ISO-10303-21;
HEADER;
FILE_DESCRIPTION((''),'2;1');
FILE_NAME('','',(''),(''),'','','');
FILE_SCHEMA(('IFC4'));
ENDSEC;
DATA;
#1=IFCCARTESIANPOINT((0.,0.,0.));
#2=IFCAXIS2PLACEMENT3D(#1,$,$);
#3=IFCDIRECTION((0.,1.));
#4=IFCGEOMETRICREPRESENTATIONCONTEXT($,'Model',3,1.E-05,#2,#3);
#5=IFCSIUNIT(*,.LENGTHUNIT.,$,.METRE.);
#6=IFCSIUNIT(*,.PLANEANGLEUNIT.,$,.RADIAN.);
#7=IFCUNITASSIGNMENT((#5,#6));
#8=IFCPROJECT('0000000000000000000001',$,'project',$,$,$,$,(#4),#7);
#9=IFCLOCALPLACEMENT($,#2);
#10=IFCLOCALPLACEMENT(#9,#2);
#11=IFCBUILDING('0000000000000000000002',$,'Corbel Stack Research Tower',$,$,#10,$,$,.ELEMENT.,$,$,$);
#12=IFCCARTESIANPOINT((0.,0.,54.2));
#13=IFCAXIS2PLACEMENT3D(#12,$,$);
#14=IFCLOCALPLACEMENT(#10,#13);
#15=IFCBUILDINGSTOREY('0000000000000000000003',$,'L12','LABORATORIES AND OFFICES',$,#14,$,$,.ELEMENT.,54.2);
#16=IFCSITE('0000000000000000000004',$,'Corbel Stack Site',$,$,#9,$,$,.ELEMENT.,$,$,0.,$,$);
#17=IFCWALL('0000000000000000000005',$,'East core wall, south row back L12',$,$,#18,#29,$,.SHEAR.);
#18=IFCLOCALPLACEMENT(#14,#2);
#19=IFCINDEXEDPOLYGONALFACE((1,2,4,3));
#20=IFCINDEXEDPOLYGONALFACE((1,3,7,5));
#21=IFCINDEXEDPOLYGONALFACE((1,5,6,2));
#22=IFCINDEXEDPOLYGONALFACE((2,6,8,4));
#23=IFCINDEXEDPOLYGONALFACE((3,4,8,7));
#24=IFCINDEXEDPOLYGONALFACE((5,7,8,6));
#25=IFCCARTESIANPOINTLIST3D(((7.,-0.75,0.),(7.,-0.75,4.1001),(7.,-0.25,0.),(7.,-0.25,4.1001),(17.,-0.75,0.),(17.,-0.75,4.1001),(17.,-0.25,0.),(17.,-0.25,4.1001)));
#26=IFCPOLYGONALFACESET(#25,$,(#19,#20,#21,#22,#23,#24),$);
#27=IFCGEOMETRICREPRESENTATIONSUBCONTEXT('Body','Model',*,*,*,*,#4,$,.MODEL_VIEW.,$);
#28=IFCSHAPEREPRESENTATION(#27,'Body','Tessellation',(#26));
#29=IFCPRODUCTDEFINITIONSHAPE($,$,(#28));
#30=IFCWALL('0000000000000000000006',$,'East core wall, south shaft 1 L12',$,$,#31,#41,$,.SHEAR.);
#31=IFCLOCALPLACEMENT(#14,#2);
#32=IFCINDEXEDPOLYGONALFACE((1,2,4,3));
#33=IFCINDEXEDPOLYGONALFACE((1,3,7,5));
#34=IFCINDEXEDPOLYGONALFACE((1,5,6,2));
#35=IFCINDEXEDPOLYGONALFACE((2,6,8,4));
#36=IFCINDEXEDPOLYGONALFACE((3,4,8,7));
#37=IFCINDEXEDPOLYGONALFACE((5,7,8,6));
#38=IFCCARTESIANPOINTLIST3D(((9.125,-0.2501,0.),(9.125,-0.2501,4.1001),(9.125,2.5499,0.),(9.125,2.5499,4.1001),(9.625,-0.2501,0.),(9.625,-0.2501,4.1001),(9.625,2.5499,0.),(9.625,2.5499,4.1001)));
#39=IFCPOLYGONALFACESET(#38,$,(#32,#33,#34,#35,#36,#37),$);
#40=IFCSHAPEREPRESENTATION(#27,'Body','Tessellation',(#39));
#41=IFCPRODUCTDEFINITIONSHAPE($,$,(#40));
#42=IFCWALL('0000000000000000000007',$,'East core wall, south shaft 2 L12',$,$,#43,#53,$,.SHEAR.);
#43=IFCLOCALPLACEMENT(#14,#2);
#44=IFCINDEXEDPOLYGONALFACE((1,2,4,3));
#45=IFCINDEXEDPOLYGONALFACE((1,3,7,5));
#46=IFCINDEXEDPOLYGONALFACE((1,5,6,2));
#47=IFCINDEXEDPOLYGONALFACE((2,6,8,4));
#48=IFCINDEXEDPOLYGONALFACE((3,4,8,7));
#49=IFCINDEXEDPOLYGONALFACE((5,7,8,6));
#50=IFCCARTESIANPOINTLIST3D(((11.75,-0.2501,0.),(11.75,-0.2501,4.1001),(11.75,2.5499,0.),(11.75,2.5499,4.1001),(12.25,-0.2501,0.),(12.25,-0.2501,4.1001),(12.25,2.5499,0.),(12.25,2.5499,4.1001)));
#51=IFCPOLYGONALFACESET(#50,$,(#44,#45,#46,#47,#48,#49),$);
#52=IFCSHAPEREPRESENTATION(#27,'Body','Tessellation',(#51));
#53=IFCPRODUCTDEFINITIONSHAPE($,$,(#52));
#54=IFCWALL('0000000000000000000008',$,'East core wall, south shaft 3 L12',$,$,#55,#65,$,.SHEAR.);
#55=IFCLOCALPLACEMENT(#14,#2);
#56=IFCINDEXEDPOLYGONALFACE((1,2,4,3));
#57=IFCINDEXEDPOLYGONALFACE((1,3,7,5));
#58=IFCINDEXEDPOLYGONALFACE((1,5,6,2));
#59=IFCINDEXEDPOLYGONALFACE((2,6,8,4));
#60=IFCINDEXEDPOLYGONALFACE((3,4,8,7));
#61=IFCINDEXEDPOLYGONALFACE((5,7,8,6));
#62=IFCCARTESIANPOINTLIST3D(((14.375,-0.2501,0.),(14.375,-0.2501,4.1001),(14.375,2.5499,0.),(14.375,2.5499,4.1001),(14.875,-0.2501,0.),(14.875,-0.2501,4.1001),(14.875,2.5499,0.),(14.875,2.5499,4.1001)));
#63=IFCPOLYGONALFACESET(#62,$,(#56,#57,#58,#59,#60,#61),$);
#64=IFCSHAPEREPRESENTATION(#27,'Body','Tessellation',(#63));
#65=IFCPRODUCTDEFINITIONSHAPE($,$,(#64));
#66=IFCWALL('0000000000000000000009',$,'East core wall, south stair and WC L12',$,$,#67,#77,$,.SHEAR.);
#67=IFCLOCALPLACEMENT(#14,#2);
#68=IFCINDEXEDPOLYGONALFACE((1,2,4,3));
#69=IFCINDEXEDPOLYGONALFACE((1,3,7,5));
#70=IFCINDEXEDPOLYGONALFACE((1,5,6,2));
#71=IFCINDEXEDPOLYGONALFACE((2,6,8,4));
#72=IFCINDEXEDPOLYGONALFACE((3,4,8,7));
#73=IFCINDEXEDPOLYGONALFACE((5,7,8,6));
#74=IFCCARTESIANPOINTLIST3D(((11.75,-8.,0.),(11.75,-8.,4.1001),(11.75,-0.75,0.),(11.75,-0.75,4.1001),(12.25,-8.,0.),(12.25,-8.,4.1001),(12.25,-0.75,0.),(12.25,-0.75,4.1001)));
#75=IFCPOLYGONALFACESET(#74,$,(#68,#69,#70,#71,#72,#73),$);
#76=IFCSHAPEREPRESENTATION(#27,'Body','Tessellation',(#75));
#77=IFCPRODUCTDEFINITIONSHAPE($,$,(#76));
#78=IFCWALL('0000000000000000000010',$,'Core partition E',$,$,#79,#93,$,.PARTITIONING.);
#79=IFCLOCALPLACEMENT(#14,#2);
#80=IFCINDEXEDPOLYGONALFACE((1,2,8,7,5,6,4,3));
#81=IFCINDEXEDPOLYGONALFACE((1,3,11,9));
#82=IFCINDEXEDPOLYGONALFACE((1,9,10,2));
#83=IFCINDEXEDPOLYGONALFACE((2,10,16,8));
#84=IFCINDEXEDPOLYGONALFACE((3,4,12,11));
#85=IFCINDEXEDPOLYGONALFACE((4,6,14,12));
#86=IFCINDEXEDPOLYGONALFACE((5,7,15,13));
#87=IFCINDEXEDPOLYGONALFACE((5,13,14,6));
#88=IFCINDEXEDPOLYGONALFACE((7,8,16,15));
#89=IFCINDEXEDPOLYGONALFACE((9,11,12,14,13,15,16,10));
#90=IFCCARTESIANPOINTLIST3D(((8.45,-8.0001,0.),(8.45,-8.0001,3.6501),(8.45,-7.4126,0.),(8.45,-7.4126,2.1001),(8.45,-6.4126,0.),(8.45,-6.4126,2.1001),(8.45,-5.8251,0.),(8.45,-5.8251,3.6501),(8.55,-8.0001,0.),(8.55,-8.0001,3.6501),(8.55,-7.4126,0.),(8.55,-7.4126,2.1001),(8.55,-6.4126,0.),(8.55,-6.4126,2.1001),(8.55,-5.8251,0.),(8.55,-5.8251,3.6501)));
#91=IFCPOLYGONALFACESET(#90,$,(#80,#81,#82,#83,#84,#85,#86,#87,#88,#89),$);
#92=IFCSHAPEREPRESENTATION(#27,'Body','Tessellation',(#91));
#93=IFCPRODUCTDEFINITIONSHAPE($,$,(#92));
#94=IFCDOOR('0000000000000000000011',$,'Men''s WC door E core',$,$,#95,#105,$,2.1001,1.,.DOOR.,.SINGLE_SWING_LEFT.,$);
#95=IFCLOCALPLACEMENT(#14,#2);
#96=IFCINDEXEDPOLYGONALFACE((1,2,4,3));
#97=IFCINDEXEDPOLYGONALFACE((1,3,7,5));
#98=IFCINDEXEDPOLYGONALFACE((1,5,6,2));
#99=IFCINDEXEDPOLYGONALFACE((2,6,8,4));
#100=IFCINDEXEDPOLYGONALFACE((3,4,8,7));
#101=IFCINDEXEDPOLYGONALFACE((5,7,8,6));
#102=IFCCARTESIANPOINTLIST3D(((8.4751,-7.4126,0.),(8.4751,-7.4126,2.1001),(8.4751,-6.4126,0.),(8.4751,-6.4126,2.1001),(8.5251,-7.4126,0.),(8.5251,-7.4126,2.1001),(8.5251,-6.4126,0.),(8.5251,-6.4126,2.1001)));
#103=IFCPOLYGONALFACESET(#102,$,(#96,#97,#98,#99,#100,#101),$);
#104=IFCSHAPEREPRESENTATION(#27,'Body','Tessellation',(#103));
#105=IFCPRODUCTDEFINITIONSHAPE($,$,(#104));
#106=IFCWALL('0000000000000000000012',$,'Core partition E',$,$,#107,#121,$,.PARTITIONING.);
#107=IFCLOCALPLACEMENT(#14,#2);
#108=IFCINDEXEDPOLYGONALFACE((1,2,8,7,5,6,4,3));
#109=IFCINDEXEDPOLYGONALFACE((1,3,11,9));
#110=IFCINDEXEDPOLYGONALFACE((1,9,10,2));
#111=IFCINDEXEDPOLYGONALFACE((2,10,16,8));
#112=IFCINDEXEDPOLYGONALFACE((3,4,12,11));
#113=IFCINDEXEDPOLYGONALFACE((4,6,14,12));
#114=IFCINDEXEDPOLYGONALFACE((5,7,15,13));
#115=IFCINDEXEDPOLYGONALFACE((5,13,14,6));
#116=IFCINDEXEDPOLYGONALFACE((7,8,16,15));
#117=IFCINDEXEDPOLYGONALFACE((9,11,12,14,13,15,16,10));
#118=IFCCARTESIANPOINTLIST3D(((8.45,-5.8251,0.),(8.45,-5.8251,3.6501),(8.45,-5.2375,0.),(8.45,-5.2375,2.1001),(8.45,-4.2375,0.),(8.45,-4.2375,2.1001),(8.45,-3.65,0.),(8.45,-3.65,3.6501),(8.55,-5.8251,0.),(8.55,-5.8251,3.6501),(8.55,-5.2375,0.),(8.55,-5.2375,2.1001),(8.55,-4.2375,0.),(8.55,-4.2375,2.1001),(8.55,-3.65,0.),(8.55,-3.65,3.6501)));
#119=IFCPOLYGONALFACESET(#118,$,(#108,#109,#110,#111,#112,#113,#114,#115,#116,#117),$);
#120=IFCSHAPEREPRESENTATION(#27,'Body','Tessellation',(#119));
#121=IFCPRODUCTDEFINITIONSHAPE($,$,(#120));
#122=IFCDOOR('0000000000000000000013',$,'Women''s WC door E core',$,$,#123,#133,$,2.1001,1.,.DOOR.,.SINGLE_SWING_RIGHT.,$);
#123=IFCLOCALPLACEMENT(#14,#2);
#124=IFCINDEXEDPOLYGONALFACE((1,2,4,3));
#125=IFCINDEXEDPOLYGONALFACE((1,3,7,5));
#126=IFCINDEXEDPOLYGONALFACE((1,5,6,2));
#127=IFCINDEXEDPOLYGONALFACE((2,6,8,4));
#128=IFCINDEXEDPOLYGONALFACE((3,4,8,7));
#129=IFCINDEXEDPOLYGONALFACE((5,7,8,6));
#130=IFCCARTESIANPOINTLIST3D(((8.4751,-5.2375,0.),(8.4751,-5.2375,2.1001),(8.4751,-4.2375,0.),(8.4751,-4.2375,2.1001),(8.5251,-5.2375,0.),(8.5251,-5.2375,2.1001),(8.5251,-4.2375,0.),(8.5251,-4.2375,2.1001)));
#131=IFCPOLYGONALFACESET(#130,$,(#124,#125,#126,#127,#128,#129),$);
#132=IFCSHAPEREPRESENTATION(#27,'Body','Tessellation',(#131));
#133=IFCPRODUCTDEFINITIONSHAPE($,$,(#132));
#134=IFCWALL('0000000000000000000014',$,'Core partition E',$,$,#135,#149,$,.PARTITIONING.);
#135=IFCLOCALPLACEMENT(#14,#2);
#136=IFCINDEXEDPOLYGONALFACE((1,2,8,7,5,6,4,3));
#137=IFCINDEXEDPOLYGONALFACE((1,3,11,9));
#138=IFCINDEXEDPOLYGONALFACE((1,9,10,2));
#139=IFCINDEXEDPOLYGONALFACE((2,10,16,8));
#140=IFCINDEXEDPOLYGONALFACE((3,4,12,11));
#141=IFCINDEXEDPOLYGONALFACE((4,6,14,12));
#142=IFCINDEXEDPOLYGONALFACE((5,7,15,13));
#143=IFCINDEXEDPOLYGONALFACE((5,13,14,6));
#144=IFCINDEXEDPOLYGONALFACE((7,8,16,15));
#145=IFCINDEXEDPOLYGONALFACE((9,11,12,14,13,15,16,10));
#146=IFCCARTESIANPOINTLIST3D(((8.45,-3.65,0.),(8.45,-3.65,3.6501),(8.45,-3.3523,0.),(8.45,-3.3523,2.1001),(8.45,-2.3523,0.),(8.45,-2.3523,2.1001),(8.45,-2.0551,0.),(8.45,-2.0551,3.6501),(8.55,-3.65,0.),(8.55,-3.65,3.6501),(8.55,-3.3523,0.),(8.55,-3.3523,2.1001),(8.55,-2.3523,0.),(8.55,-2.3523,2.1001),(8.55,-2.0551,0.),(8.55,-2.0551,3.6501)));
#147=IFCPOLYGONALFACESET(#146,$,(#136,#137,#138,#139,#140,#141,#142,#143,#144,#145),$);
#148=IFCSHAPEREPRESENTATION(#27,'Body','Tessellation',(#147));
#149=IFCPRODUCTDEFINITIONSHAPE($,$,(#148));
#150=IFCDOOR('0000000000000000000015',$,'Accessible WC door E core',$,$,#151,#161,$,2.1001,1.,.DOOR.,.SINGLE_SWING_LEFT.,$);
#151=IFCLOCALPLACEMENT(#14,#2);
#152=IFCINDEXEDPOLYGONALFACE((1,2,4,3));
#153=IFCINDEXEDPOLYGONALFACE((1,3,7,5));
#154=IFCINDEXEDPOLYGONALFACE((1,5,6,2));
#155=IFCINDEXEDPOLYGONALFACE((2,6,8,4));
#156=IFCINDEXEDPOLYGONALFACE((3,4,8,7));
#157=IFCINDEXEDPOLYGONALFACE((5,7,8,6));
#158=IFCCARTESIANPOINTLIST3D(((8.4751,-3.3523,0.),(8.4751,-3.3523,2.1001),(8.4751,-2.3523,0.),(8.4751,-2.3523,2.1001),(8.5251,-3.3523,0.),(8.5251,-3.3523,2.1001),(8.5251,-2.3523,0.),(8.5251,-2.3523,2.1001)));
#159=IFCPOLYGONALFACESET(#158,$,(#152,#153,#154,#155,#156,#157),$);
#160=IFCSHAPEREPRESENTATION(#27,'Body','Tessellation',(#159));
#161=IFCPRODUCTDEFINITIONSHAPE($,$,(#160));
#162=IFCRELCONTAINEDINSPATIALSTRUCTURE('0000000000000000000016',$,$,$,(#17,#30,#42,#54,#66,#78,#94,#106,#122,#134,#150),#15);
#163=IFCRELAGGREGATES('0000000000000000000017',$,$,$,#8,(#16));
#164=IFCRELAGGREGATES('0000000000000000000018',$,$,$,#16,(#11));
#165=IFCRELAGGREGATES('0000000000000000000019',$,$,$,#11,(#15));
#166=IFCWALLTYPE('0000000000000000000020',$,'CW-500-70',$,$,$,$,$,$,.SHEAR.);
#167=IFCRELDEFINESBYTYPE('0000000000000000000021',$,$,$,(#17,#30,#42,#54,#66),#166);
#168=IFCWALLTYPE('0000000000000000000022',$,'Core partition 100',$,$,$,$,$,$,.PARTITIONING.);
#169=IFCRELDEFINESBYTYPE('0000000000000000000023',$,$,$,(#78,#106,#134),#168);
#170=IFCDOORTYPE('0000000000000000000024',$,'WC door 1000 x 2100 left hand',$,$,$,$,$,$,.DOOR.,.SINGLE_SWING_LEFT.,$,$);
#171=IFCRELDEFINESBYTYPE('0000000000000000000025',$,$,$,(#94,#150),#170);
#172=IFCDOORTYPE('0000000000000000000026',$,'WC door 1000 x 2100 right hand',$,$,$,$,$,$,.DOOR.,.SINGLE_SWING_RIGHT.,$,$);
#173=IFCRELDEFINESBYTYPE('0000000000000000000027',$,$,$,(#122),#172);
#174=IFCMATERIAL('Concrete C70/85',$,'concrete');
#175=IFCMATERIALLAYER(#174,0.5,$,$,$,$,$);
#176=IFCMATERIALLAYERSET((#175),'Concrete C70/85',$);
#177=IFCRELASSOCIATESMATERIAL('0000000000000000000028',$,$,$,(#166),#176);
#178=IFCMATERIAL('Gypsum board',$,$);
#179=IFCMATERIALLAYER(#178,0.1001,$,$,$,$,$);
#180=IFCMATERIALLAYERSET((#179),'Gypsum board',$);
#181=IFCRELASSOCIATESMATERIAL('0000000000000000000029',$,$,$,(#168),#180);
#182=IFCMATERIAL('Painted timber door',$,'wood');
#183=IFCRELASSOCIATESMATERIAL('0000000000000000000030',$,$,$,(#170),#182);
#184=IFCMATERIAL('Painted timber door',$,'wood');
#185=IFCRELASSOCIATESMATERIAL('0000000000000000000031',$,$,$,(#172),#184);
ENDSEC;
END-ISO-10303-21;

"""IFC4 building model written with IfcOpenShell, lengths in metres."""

from ifc_helpers import new_model, si_unit, direction, frame, frame_2d, origin, place, context, subcontext, project, spatial, rectangle, extrude, material, layer, layer_set, type_object, element, fill, save


model = new_model("IFC4")

# Units and contexts
model_context = context("Model", 3, precision=1e-05, world=origin(), true_north=direction((0.0, 1.0)))
body_context = subcontext(model_context, "Body", "Model", "MODEL_VIEW")
ifc_project = project(units=[si_unit("LENGTHUNIT", "METRE"), si_unit("PLANEANGLEUNIT", "RADIAN")], contexts=[model_context])

# Site, building, storey
site_placement = place(None, origin())
site = spatial("IfcSite", under=ifc_project, at=site_placement, Name="Corbel Stack Site", CompositionType="ELEMENT", RefElevation=0.0)
building_placement = place(site_placement, origin())
building = spatial("IfcBuilding", under=site, at=building_placement, Name="Corbel Stack Research Tower", CompositionType="ELEMENT")
storey_placement = place(building_placement, frame((0.0, 0.0, 54.2)))
storey = spatial("IfcBuildingStorey", under=building, at=storey_placement, Name="L12", Description="LABORATORIES AND OFFICES", CompositionType="ELEMENT", Elevation=54.2)

# Walls
ifc_material_1 = material(Name="Concrete C70/85", Category="concrete")
ifc_layer_1 = layer(ifc_material_1, 0.5)
ifc_layer_set_1 = layer_set([ifc_layer_1], Name="Concrete C70/85")
wall_type_1 = type_object("IfcWallType", Name="CW-500-70", PredefinedType="SHEAR", material=ifc_layer_set_1)
wall_1_placement = place(storey_placement, frame((7.0, -0.5, 0.0), z_axis=(0.0, 0.0, 1.0), x_axis=(1.0, 0.0, 0.0)))
element("IfcWall", 1, at=wall_1_placement, inside=storey, type_object=wall_type_1, Name="East core wall, south row back L12", PredefinedType="SHEAR", context=body_context, shape_type="SweptSolid", body=[
    extrude(rectangle(XDim=10.0, YDim=0.5, at=frame_2d((5.0, 0.0))), origin(), (0.0, 0.0, 1.0), 4.1001),
])
for number, where, z_axis, x_axis, name in (
    (2, (9.375, -0.25, 0.0), (0.0, 0.0, 1.0), (0.0, 1.0, 0.0), "East core wall, south shaft 1 L12"),
    (3, (12.0, -0.25, 0.0), (0.0, 0.0, 1.0), (0.0, 1.0, 0.0), "East core wall, south shaft 2 L12"),
    (4, (14.625, -0.25, 0.0), (0.0, 0.0, 1.0), (0.0, 1.0, 0.0), "East core wall, south shaft 3 L12"),
):
    element("IfcWall", number, at=place(storey_placement, frame(where, z_axis=z_axis, x_axis=x_axis)), inside=storey, type_object=wall_type_1, Name=name, PredefinedType="SHEAR", context=body_context, shape_type="SweptSolid", body=[
        extrude(rectangle(XDim=2.8, YDim=0.5, at=frame_2d((1.3999, 0.0))), origin(), (0.0, 0.0, 1.0), 4.1001),
    ])
wall_2_placement = place(storey_placement, frame((12.0, -8.0, 0.0), z_axis=(0.0, 0.0, 1.0), x_axis=(0.0, 1.0, 0.0)))
element("IfcWall", 5, at=wall_2_placement, inside=storey, type_object=wall_type_1, Name="East core wall, south stair and WC L12", PredefinedType="SHEAR", context=body_context, shape_type="SweptSolid", body=[
    extrude(rectangle(XDim=7.25, YDim=0.5, at=frame_2d((3.625, 0.0))), origin(), (0.0, 0.0, 1.0), 4.1001),
])

# Walls, openings, doors
ifc_material_2 = material(Name="Gypsum board")
ifc_layer_2 = layer(ifc_material_2, 0.1001)
ifc_layer_set_2 = layer_set([ifc_layer_2], Name="Gypsum board")
wall_type_2 = type_object("IfcWallType", Name="Core partition 100", PredefinedType="PARTITIONING", material=ifc_layer_set_2)
wall_3_placement = place(storey_placement, frame((8.5, -8.0, 0.0), z_axis=(0.0, 0.0, 1.0), x_axis=(0.0, 1.0, 0.0)))
wall_3 = element("IfcWall", 6, at=wall_3_placement, inside=storey, type_object=wall_type_2, Name="Core partition E", PredefinedType="PARTITIONING", context=body_context, shape_type="SweptSolid", body=[
    extrude(rectangle(XDim=2.175, YDim=0.1001, at=frame_2d((1.0874, 0.0))), origin(), (0.0, 0.0, 1.0), 3.6501),
])
opening_1_placement = place(wall_3_placement, frame((0.5874, 0.0, 0.0)))
opening_1 = element("IfcOpeningElement", 7, at=opening_1_placement, cuts=wall_3, PredefinedType="OPENING", context=body_context, shape_type="SweptSolid", body=[
    extrude(rectangle(XDim=1.0, YDim=2.1001, at=frame_2d((0.5, 1.05))), frame((0.0, 0.0601, 0.0), z_axis=(0.0, -1.0, 0.0), x_axis=(1.0, 0.0, 0.0)), (0.0, 0.0, 1.0), 0.1201),
])
ifc_material_3 = material(Name="Painted timber door", Category="wood")
door_type_1 = type_object("IfcDoorType", Name="WC door 1000 x 2100 left hand", OperationType="SINGLE_SWING_LEFT", PredefinedType="DOOR", material=ifc_material_3)
door_1_placement = place(opening_1_placement, origin())
door_1 = element("IfcDoor", 8, at=door_1_placement, inside=storey, type_object=door_type_1, Name="Men's WC door E core", OperationType="SINGLE_SWING_LEFT", OverallHeight=2.1001, OverallWidth=1.0, PredefinedType="DOOR", context=body_context, shape_type="SweptSolid", body=[
    extrude(rectangle(XDim=1.0, YDim=2.1001, at=frame_2d((0.5, 1.05))), frame((0.0, 0.0249, 0.0), z_axis=(0.0, -1.0, 0.0), x_axis=(1.0, 0.0, 0.0)), (0.0, 0.0, 1.0), 0.05),
])
fill(opening_1, door_1)
wall_4_placement = place(storey_placement, frame((8.5, -5.825, 0.0), z_axis=(0.0, 0.0, 1.0), x_axis=(0.0, 1.0, 0.0)))
wall_4 = element("IfcWall", 9, at=wall_4_placement, inside=storey, type_object=wall_type_2, Name="Core partition E", PredefinedType="PARTITIONING", context=body_context, shape_type="SweptSolid", body=[
    extrude(rectangle(XDim=2.175, YDim=0.1001, at=frame_2d((1.0874, 0.0))), origin(), (0.0, 0.0, 1.0), 3.6501),
])
opening_2_placement = place(wall_4_placement, frame((0.5874, 0.0, 0.0)))
opening_2 = element("IfcOpeningElement", 10, at=opening_2_placement, cuts=wall_4, PredefinedType="OPENING", context=body_context, shape_type="SweptSolid", body=[
    extrude(rectangle(XDim=1.0, YDim=2.1001, at=frame_2d((0.5, 1.05))), frame((0.0, 0.0601, 0.0), z_axis=(0.0, -1.0, 0.0), x_axis=(1.0, 0.0, 0.0)), (0.0, 0.0, 1.0), 0.1201),
])
ifc_material_4 = material(Name="Painted timber door", Category="wood")
door_type_2 = type_object("IfcDoorType", Name="WC door 1000 x 2100 right hand", OperationType="SINGLE_SWING_RIGHT", PredefinedType="DOOR", material=ifc_material_4)
door_2_placement = place(opening_2_placement, origin())
door_2 = element("IfcDoor", 11, at=door_2_placement, inside=storey, type_object=door_type_2, Name="Women's WC door E core", OperationType="SINGLE_SWING_RIGHT", OverallHeight=2.1001, OverallWidth=1.0, PredefinedType="DOOR", context=body_context, shape_type="SweptSolid", body=[
    extrude(rectangle(XDim=1.0, YDim=2.1001, at=frame_2d((0.5, 1.05))), frame((0.0, 0.0249, 0.0), z_axis=(0.0, -1.0, 0.0), x_axis=(1.0, 0.0, 0.0)), (0.0, 0.0, 1.0), 0.05),
])
fill(opening_2, door_2)
wall_5_placement = place(storey_placement, frame((8.5, -3.6499, 0.0), z_axis=(0.0, 0.0, 1.0), x_axis=(0.0, 1.0, 0.0)))
wall_5 = element("IfcWall", 12, at=wall_5_placement, inside=storey, type_object=wall_type_2, Name="Core partition E", PredefinedType="PARTITIONING", context=body_context, shape_type="SweptSolid", body=[
    extrude(rectangle(XDim=1.595, YDim=0.1001, at=frame_2d((0.7974, 0.0))), origin(), (0.0, 0.0, 1.0), 3.6501),
])
opening_3_placement = place(wall_5_placement, frame((0.2976, 0.0, 0.0)))
opening_3 = element("IfcOpeningElement", 13, at=opening_3_placement, cuts=wall_5, PredefinedType="OPENING", context=body_context, shape_type="SweptSolid", body=[
    extrude(rectangle(XDim=1.0, YDim=2.1001, at=frame_2d((0.5, 1.05))), frame((0.0, 0.0601, 0.0), z_axis=(0.0, -1.0, 0.0), x_axis=(1.0, 0.0, 0.0)), (0.0, 0.0, 1.0), 0.1201),
])
door_3_placement = place(opening_3_placement, origin())
door_3 = element("IfcDoor", 14, at=door_3_placement, inside=storey, type_object=door_type_1, Name="Accessible WC door E core", OperationType="SINGLE_SWING_LEFT", OverallHeight=2.1001, OverallWidth=1.0, PredefinedType="DOOR", context=body_context, shape_type="SweptSolid", body=[
    extrude(rectangle(XDim=1.0, YDim=2.1001, at=frame_2d((0.5, 1.05))), frame((0.0, 0.0249, 0.0), z_axis=(0.0, -1.0, 0.0), x_axis=(1.0, 0.0, 0.0)), (0.0, 0.0, 1.0), 0.05),
])
fill(opening_3, door_3)

save(model, "model.ifc")
